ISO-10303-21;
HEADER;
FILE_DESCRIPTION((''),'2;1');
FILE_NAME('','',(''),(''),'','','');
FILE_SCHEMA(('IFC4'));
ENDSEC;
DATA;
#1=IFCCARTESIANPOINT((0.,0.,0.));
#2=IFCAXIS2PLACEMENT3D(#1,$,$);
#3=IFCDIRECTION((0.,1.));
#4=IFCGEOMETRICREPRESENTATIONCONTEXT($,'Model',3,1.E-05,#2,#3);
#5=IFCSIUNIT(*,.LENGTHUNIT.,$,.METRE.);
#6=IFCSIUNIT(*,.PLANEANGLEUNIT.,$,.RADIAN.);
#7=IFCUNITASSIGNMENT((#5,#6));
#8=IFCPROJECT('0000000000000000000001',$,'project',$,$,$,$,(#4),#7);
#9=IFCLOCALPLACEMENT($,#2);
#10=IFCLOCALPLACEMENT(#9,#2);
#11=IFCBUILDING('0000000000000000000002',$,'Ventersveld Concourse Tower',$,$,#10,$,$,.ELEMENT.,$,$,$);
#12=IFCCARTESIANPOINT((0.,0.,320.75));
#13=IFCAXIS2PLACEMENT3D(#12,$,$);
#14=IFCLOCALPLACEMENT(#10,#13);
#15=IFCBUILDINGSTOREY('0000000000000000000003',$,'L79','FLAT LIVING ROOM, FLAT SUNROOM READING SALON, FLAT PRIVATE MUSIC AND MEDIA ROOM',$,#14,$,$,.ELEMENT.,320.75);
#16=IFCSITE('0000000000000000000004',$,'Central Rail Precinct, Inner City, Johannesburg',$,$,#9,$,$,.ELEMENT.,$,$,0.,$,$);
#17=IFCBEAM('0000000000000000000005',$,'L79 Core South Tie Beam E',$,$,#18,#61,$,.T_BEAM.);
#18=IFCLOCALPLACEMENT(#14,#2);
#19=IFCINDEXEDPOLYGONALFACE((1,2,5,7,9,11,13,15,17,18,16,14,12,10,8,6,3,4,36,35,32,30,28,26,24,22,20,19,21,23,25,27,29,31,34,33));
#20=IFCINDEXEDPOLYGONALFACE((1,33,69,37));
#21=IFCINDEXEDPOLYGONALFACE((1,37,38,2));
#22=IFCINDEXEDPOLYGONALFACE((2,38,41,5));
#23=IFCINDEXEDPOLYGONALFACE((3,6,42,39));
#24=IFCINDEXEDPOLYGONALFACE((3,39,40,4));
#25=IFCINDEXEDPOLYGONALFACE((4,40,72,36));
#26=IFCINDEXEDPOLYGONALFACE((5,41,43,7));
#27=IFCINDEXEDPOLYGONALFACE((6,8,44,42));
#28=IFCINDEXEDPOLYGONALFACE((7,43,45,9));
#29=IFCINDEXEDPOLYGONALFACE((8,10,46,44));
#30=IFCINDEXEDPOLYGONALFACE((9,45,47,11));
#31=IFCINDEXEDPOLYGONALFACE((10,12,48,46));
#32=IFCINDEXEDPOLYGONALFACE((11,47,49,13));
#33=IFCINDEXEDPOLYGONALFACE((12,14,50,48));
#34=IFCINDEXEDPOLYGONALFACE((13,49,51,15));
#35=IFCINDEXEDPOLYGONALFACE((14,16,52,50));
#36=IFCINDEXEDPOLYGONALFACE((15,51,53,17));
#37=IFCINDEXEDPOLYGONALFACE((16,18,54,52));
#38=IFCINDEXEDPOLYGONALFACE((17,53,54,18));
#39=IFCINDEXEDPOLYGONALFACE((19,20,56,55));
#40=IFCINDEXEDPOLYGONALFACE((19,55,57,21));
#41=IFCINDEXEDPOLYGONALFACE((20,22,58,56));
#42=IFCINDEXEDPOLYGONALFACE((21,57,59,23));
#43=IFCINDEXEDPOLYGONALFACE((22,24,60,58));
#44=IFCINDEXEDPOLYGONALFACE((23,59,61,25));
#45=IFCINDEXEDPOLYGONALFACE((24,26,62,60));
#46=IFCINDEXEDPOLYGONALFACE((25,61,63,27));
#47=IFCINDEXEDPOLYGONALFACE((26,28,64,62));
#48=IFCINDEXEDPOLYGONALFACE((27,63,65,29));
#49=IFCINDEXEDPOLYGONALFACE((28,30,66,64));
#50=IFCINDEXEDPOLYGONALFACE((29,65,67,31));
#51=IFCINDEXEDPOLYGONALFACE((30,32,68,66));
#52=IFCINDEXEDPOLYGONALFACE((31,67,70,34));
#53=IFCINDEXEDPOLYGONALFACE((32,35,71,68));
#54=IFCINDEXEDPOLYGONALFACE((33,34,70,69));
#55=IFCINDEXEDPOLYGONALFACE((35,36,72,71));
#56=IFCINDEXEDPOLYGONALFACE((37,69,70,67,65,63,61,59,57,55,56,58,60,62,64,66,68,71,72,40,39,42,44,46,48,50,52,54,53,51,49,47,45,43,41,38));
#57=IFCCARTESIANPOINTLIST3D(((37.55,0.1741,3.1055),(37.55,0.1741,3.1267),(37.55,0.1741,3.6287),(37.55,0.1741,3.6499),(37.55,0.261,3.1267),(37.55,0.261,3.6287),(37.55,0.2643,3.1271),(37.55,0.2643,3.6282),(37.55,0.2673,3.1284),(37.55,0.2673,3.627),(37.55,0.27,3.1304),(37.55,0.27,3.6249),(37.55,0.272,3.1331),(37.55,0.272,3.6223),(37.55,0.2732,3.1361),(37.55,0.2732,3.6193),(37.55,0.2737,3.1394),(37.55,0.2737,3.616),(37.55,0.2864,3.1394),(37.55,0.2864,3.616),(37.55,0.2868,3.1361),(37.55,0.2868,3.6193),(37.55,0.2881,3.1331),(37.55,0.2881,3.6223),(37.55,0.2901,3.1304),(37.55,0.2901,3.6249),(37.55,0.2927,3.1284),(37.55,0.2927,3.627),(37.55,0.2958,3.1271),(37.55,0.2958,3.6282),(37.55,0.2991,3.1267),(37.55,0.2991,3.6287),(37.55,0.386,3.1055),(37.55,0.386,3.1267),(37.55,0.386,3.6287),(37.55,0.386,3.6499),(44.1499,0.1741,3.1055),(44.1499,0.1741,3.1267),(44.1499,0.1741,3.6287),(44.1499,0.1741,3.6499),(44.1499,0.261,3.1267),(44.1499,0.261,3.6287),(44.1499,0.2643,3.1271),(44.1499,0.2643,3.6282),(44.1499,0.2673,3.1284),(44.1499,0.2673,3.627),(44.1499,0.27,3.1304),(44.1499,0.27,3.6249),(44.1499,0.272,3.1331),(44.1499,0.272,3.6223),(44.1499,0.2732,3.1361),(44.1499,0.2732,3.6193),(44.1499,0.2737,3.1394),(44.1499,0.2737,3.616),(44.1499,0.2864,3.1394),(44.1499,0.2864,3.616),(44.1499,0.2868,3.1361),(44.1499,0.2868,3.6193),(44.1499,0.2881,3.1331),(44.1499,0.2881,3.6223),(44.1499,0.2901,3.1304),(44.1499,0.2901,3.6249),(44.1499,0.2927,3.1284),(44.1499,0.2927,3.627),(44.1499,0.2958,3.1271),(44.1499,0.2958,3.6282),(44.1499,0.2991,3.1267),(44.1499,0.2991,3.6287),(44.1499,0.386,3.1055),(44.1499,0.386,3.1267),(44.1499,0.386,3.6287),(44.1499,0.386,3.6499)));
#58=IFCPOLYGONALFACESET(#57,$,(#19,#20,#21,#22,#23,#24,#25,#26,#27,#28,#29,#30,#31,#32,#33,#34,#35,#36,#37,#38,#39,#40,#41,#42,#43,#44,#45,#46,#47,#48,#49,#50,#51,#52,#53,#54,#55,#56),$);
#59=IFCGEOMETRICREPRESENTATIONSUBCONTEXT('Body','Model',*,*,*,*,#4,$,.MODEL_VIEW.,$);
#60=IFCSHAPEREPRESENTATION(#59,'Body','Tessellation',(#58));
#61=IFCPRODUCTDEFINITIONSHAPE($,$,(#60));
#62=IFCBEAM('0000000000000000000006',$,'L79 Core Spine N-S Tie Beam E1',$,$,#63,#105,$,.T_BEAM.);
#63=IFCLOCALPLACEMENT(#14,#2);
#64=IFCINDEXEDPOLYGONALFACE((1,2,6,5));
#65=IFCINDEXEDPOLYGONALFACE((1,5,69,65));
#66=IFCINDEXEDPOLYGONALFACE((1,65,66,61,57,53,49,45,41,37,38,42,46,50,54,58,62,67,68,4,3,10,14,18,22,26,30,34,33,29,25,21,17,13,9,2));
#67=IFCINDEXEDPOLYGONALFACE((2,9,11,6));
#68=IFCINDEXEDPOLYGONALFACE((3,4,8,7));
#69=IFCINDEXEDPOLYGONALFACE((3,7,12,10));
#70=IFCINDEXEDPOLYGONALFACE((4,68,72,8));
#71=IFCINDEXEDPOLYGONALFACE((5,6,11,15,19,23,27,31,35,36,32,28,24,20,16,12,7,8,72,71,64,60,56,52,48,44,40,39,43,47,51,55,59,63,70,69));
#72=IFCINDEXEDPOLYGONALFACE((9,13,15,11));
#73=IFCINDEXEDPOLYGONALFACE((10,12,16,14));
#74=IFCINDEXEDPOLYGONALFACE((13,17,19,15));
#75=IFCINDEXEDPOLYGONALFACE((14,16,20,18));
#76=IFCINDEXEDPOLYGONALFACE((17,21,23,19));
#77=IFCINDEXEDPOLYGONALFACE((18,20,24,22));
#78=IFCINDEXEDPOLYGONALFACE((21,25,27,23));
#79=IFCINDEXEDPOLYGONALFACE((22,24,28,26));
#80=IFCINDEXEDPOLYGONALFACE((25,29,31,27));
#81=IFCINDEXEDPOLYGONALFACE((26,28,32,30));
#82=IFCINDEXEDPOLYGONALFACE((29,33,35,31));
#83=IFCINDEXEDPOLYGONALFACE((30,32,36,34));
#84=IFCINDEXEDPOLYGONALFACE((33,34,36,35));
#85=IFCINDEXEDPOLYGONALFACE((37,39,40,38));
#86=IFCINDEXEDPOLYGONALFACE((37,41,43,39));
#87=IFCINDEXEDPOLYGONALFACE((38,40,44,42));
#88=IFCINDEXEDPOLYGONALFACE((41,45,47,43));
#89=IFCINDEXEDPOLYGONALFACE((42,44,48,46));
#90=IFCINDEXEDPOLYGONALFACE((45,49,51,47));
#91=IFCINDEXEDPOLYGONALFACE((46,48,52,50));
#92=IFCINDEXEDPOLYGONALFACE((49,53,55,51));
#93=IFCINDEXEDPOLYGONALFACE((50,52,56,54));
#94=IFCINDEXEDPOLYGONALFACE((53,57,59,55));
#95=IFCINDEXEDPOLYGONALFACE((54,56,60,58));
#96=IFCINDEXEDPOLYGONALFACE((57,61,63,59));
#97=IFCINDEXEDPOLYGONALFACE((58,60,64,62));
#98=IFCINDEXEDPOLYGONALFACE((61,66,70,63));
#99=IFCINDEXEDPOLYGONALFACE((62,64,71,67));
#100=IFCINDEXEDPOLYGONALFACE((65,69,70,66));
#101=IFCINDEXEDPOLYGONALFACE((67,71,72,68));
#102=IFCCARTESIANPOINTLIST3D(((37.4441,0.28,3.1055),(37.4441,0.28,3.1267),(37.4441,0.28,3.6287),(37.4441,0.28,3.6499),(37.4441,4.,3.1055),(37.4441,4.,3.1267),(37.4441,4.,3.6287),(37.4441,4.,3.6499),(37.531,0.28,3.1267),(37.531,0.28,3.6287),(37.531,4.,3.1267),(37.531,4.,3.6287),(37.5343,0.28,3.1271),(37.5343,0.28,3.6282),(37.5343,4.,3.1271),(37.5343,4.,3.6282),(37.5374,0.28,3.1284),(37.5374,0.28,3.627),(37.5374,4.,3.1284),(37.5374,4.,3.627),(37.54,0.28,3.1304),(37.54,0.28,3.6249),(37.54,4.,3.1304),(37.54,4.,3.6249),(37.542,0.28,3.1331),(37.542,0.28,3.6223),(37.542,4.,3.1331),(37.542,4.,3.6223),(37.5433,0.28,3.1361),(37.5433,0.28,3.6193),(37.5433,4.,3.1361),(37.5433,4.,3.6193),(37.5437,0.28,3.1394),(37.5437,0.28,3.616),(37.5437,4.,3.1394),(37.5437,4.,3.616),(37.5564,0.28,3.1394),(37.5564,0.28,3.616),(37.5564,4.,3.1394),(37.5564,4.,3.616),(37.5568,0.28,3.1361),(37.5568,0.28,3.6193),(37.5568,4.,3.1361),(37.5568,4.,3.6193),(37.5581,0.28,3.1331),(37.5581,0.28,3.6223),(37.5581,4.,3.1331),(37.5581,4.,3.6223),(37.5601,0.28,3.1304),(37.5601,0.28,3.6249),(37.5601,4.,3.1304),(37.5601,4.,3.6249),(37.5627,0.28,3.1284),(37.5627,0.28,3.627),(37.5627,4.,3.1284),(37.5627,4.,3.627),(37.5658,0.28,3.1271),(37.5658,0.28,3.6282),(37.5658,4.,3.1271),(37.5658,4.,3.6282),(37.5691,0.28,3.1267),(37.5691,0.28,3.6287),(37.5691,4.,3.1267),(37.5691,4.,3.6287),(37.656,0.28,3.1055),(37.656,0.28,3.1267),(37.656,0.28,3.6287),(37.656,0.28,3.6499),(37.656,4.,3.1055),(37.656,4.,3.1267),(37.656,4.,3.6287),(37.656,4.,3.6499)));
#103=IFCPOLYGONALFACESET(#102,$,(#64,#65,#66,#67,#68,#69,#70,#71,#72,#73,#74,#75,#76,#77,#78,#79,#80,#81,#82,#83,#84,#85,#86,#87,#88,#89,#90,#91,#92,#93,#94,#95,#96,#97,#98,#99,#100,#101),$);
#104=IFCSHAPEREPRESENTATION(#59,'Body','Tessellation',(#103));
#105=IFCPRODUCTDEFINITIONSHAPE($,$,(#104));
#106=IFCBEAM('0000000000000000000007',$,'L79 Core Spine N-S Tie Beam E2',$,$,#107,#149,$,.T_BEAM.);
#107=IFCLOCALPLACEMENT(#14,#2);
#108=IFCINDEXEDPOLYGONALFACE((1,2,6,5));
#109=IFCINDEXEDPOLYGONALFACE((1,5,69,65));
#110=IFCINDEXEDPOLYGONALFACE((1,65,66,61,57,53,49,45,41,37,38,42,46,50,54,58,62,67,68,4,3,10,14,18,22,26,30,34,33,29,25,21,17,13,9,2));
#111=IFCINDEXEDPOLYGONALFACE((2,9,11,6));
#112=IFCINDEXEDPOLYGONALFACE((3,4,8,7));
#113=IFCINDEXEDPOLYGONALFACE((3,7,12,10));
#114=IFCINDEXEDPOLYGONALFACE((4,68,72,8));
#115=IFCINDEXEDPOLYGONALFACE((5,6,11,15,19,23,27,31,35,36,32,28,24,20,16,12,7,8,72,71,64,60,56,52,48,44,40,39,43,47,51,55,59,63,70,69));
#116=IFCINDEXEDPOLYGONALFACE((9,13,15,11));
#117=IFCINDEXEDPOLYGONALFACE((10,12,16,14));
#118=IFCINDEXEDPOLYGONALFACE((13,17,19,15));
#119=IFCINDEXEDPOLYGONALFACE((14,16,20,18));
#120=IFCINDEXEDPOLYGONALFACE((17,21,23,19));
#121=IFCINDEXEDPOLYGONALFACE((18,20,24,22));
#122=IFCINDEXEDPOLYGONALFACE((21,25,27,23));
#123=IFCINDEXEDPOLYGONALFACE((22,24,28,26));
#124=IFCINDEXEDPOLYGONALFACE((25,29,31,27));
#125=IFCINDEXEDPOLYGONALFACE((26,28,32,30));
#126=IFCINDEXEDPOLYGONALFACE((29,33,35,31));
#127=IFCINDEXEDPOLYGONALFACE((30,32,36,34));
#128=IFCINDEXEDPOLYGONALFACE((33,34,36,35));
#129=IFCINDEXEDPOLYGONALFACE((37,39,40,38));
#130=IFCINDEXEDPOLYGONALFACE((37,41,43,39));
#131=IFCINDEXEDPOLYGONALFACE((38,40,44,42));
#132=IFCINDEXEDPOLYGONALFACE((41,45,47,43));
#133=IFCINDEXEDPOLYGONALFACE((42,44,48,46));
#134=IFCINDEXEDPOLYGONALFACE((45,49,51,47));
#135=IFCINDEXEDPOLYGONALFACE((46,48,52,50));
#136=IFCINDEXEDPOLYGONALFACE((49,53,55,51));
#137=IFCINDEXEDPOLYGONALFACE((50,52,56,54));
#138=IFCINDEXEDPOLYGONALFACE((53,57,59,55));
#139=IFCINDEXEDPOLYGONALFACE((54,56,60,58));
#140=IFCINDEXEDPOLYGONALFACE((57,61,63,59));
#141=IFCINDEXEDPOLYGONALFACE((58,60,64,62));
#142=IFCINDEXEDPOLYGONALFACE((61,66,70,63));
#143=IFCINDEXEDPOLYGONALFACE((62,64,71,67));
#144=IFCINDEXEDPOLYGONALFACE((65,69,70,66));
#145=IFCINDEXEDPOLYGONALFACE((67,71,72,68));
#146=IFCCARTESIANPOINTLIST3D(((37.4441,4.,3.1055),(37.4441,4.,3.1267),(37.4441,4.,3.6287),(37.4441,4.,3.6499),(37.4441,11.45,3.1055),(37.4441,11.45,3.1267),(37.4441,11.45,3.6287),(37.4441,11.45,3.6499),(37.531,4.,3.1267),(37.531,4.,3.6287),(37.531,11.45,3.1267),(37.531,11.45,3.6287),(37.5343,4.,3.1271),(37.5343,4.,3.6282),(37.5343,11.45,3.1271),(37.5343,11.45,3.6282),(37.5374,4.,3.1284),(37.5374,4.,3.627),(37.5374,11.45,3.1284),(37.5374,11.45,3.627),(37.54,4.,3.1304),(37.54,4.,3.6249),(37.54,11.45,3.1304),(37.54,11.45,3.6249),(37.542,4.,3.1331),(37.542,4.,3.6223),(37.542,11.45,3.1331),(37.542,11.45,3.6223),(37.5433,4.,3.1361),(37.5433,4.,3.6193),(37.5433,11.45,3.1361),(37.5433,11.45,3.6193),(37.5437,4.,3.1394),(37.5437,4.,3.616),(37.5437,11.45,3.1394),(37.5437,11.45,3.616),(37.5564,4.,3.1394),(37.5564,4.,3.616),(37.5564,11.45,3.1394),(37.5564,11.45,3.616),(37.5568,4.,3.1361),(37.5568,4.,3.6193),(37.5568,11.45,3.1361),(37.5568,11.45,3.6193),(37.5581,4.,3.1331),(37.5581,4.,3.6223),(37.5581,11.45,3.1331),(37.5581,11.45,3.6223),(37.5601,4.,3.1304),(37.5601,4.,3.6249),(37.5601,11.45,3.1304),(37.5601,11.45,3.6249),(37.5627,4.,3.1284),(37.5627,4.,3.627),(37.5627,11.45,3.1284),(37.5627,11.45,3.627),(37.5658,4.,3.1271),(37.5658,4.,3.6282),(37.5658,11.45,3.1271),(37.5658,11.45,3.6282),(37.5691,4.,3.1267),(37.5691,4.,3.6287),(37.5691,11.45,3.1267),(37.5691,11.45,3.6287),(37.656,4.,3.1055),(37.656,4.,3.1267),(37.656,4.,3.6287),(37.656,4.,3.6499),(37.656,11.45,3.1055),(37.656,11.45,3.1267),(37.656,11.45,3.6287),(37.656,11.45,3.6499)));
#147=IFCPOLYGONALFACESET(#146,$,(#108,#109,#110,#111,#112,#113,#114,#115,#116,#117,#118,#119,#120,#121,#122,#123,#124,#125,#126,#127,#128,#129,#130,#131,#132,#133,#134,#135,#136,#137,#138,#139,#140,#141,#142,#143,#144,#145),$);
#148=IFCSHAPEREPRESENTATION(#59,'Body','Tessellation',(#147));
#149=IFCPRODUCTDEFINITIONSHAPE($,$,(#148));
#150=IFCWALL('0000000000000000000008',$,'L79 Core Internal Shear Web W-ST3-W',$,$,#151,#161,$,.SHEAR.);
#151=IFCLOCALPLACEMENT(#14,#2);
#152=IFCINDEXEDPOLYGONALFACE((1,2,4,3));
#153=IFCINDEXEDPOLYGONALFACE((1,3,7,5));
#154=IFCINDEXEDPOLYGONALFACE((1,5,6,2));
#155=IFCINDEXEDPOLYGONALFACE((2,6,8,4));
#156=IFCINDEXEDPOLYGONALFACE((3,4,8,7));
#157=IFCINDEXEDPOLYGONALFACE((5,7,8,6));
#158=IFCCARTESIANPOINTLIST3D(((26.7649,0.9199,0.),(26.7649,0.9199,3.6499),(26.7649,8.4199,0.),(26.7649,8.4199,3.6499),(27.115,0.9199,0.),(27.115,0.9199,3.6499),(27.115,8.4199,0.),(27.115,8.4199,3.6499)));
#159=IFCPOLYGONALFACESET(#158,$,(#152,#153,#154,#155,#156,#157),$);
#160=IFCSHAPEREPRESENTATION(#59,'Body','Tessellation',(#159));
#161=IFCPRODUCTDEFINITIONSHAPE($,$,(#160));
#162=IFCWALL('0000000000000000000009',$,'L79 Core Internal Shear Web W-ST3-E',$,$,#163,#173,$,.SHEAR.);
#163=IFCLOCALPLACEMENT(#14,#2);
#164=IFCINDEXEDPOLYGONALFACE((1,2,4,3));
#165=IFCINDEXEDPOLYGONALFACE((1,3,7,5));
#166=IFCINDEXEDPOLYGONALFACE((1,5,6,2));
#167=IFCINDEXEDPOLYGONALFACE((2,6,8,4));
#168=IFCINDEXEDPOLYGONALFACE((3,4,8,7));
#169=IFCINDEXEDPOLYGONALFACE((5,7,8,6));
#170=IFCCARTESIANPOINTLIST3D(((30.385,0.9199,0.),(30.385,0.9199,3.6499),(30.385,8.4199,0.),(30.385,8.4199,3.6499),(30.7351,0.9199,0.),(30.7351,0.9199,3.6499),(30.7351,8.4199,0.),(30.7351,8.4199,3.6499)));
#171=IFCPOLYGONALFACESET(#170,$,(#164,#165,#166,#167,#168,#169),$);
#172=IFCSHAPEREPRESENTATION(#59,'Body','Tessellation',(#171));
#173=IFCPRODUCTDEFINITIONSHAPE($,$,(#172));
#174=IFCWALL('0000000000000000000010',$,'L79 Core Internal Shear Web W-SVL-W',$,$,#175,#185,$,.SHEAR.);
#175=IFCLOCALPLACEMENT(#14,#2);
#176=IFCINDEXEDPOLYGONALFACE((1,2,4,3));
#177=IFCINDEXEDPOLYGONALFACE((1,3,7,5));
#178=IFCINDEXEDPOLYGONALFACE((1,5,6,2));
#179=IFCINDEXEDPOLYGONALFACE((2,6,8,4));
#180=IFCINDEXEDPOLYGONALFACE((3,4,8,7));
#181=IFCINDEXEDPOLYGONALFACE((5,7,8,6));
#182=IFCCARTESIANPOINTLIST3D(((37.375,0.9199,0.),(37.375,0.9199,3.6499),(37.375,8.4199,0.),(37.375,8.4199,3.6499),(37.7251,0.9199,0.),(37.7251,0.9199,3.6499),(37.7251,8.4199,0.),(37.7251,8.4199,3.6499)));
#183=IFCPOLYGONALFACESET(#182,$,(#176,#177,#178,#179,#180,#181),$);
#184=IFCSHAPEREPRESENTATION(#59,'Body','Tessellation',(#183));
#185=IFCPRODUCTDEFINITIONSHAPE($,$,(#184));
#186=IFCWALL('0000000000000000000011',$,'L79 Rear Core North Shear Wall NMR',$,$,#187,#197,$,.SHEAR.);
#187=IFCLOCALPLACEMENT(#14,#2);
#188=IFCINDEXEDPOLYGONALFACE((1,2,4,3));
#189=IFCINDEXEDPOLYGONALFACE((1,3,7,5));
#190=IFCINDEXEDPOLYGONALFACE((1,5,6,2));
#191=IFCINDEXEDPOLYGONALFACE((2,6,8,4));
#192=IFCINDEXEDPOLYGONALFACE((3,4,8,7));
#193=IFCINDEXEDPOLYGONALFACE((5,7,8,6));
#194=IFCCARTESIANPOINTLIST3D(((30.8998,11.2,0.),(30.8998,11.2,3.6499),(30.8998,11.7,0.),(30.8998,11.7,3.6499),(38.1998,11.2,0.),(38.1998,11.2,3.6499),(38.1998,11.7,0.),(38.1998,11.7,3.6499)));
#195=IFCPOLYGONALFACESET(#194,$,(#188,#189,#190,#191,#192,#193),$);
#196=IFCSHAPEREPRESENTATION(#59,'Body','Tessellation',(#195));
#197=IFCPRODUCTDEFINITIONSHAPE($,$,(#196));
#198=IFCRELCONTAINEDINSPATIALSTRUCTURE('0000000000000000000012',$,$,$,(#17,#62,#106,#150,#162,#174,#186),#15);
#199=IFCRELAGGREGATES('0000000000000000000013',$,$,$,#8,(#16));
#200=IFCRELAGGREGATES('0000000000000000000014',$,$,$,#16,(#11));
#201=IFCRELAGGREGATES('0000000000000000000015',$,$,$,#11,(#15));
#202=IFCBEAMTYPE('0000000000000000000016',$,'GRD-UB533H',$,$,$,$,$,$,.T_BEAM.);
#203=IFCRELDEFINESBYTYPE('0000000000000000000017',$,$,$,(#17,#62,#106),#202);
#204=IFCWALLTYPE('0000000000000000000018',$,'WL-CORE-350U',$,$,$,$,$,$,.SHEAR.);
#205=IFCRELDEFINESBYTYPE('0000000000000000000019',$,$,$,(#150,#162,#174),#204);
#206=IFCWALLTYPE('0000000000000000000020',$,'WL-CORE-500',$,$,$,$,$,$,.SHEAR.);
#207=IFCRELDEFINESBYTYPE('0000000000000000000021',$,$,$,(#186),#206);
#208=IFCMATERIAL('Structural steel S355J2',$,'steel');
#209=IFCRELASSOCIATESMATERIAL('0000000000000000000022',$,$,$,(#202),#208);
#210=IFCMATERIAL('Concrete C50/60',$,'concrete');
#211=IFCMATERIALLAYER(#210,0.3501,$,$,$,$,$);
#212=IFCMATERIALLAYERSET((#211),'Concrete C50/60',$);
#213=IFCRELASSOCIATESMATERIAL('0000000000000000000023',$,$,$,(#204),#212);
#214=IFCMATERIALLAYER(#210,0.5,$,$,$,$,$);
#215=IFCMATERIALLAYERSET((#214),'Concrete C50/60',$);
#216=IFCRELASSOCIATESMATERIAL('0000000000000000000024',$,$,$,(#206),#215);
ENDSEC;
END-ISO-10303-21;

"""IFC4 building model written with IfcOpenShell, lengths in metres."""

from ifc_helpers import new_model, si_unit, direction, frame, frame_2d, origin, origin_2d, place, context, subcontext, project, spatial, rectangle, i_section, extrude, material, layer, layer_set, material_profile, profile_set, type_object, element, save


model = new_model("IFC4")

# Units and contexts
model_context = context("Model", 3, precision=1e-05, world=origin(), true_north=direction((0.0, 1.0)))
body_context = subcontext(model_context, "Body", "Model", "MODEL_VIEW")
ifc_project = project(units=[si_unit("LENGTHUNIT", "METRE"), si_unit("PLANEANGLEUNIT", "RADIAN")], contexts=[model_context])

# Site, building, storey
site_placement = place(None, origin())
site = spatial("IfcSite", under=ifc_project, at=site_placement, Name="Central Rail Precinct, Inner City, Johannesburg", CompositionType="ELEMENT", RefElevation=0.0)
building_placement = place(site_placement, origin())
building = spatial("IfcBuilding", under=site, at=building_placement, Name="Ventersveld Concourse Tower", CompositionType="ELEMENT")
storey_placement = place(building_placement, frame((0.0, 0.0, 320.75)))
storey = spatial("IfcBuildingStorey", under=building, at=storey_placement, Name="L79", Description="FLAT LIVING ROOM, FLAT SUNROOM READING SALON, FLAT PRIVATE MUSIC AND MEDIA ROOM", CompositionType="ELEMENT", Elevation=320.75)

# Shared definitions
ifc_material_1 = material(Name="Concrete C50/60", Category="concrete")

# Beams
ifc_material_2 = material(Name="Structural steel S355J2", Category="steel")
ifc_material_profile_1 = material_profile(ifc_material_2, i_section(OverallWidth=0.2119, OverallDepth=0.5444, WebThickness=0.0127, FlangeThickness=0.0212, FilletRadius=0.0127, at=origin_2d()), Name="UB 533x210x122")
ifc_profile_set_1 = profile_set([ifc_material_profile_1], Name="Structural steel S355J2")
beam_type_1 = type_object("IfcBeamType", Name="GRD-UB533H", PredefinedType="T_BEAM", material=ifc_profile_set_1)
beam_1_placement = place(storey_placement, frame((37.55, 0.28, 3.3777), z_axis=(1.0, 0.0, 0.0), x_axis=(0.0, 1.0, 0.0)))
element("IfcBeam", 1, at=beam_1_placement, inside=storey, type_object=beam_type_1, Name="L79 Core South Tie Beam E", PredefinedType="T_BEAM", context=body_context, shape_type="SweptSolid", body=[
    extrude(i_section(OverallWidth=0.2119, OverallDepth=0.5444, WebThickness=0.0127, FlangeThickness=0.0212, FilletRadius=0.0127, at=origin_2d()), origin(), (0.0, 0.0, 1.0), 6.5999),
])
beam_2_placement = place(storey_placement, frame((37.55, 0.28, 3.3777), z_axis=(0.0, 1.0, 0.0), x_axis=(-1.0, 0.0, 0.0)))
element("IfcBeam", 2, at=beam_2_placement, inside=storey, type_object=beam_type_1, Name="L79 Core Spine N-S Tie Beam E1", PredefinedType="T_BEAM", context=body_context, shape_type="SweptSolid", body=[
    extrude(i_section(OverallWidth=0.2119, OverallDepth=0.5444, WebThickness=0.0127, FlangeThickness=0.0212, FilletRadius=0.0127, at=origin_2d()), origin(), (0.0, 0.0, 1.0), 3.72),
])
beam_3_placement = place(storey_placement, frame((37.55, 4.0, 3.3777), z_axis=(0.0, 1.0, 0.0), x_axis=(-1.0, 0.0, 0.0)))
element("IfcBeam", 3, at=beam_3_placement, inside=storey, type_object=beam_type_1, Name="L79 Core Spine N-S Tie Beam E2", PredefinedType="T_BEAM", context=body_context, shape_type="SweptSolid", body=[
    extrude(i_section(OverallWidth=0.2119, OverallDepth=0.5444, WebThickness=0.0127, FlangeThickness=0.0212, FilletRadius=0.0127, at=origin_2d()), origin(), (0.0, 0.0, 1.0), 7.45),
])

# Walls
ifc_layer_1 = layer(ifc_material_1, 0.3501)
ifc_layer_set_1 = layer_set([ifc_layer_1], Name="Concrete C50/60")
wall_type_1 = type_object("IfcWallType", Name="WL-CORE-350U", PredefinedType="SHEAR", material=ifc_layer_set_1)
for number, where, z_axis, x_axis, name in (
    (4, (26.9399, 0.9199, 0.0), (0.0, 0.0, 1.0), (0.0, 1.0, 0.0), "L79 Core Internal Shear Web W-ST3-W"),
    (5, (30.5601, 0.9199, 0.0), (0.0, 0.0, 1.0), (0.0, 1.0, 0.0), "L79 Core Internal Shear Web W-ST3-E"),
    (6, (37.55, 0.9199, 0.0), (0.0, 0.0, 1.0), (0.0, 1.0, 0.0), "L79 Core Internal Shear Web W-SVL-W"),
):
    element("IfcWall", number, at=place(storey_placement, frame(where, z_axis=z_axis, x_axis=x_axis)), inside=storey, type_object=wall_type_1, Name=name, PredefinedType="SHEAR", context=body_context, shape_type="SweptSolid", body=[
        extrude(rectangle(XDim=7.5, YDim=0.3501, at=frame_2d((3.75, 0.0))), origin(), (0.0, 0.0, 1.0), 3.6499),
    ])
ifc_layer_2 = layer(ifc_material_1, 0.5)
ifc_layer_set_2 = layer_set([ifc_layer_2], Name="Concrete C50/60")
wall_type_2 = type_object("IfcWallType", Name="WL-CORE-500", PredefinedType="SHEAR", material=ifc_layer_set_2)
wall_1_placement = place(storey_placement, frame((30.8999, 11.45, 0.0), z_axis=(0.0, 0.0, 1.0), x_axis=(1.0, 0.0, 0.0)))
element("IfcWall", 7, at=wall_1_placement, inside=storey, type_object=wall_type_2, Name="L79 Rear Core North Shear Wall NMR", PredefinedType="SHEAR", context=body_context, shape_type="SweptSolid", body=[
    extrude(rectangle(XDim=7.3, YDim=0.5, at=frame_2d((3.6499, 0.0))), origin(), (0.0, 0.0, 1.0), 3.6499),
])

save(model, "model.ifc")
